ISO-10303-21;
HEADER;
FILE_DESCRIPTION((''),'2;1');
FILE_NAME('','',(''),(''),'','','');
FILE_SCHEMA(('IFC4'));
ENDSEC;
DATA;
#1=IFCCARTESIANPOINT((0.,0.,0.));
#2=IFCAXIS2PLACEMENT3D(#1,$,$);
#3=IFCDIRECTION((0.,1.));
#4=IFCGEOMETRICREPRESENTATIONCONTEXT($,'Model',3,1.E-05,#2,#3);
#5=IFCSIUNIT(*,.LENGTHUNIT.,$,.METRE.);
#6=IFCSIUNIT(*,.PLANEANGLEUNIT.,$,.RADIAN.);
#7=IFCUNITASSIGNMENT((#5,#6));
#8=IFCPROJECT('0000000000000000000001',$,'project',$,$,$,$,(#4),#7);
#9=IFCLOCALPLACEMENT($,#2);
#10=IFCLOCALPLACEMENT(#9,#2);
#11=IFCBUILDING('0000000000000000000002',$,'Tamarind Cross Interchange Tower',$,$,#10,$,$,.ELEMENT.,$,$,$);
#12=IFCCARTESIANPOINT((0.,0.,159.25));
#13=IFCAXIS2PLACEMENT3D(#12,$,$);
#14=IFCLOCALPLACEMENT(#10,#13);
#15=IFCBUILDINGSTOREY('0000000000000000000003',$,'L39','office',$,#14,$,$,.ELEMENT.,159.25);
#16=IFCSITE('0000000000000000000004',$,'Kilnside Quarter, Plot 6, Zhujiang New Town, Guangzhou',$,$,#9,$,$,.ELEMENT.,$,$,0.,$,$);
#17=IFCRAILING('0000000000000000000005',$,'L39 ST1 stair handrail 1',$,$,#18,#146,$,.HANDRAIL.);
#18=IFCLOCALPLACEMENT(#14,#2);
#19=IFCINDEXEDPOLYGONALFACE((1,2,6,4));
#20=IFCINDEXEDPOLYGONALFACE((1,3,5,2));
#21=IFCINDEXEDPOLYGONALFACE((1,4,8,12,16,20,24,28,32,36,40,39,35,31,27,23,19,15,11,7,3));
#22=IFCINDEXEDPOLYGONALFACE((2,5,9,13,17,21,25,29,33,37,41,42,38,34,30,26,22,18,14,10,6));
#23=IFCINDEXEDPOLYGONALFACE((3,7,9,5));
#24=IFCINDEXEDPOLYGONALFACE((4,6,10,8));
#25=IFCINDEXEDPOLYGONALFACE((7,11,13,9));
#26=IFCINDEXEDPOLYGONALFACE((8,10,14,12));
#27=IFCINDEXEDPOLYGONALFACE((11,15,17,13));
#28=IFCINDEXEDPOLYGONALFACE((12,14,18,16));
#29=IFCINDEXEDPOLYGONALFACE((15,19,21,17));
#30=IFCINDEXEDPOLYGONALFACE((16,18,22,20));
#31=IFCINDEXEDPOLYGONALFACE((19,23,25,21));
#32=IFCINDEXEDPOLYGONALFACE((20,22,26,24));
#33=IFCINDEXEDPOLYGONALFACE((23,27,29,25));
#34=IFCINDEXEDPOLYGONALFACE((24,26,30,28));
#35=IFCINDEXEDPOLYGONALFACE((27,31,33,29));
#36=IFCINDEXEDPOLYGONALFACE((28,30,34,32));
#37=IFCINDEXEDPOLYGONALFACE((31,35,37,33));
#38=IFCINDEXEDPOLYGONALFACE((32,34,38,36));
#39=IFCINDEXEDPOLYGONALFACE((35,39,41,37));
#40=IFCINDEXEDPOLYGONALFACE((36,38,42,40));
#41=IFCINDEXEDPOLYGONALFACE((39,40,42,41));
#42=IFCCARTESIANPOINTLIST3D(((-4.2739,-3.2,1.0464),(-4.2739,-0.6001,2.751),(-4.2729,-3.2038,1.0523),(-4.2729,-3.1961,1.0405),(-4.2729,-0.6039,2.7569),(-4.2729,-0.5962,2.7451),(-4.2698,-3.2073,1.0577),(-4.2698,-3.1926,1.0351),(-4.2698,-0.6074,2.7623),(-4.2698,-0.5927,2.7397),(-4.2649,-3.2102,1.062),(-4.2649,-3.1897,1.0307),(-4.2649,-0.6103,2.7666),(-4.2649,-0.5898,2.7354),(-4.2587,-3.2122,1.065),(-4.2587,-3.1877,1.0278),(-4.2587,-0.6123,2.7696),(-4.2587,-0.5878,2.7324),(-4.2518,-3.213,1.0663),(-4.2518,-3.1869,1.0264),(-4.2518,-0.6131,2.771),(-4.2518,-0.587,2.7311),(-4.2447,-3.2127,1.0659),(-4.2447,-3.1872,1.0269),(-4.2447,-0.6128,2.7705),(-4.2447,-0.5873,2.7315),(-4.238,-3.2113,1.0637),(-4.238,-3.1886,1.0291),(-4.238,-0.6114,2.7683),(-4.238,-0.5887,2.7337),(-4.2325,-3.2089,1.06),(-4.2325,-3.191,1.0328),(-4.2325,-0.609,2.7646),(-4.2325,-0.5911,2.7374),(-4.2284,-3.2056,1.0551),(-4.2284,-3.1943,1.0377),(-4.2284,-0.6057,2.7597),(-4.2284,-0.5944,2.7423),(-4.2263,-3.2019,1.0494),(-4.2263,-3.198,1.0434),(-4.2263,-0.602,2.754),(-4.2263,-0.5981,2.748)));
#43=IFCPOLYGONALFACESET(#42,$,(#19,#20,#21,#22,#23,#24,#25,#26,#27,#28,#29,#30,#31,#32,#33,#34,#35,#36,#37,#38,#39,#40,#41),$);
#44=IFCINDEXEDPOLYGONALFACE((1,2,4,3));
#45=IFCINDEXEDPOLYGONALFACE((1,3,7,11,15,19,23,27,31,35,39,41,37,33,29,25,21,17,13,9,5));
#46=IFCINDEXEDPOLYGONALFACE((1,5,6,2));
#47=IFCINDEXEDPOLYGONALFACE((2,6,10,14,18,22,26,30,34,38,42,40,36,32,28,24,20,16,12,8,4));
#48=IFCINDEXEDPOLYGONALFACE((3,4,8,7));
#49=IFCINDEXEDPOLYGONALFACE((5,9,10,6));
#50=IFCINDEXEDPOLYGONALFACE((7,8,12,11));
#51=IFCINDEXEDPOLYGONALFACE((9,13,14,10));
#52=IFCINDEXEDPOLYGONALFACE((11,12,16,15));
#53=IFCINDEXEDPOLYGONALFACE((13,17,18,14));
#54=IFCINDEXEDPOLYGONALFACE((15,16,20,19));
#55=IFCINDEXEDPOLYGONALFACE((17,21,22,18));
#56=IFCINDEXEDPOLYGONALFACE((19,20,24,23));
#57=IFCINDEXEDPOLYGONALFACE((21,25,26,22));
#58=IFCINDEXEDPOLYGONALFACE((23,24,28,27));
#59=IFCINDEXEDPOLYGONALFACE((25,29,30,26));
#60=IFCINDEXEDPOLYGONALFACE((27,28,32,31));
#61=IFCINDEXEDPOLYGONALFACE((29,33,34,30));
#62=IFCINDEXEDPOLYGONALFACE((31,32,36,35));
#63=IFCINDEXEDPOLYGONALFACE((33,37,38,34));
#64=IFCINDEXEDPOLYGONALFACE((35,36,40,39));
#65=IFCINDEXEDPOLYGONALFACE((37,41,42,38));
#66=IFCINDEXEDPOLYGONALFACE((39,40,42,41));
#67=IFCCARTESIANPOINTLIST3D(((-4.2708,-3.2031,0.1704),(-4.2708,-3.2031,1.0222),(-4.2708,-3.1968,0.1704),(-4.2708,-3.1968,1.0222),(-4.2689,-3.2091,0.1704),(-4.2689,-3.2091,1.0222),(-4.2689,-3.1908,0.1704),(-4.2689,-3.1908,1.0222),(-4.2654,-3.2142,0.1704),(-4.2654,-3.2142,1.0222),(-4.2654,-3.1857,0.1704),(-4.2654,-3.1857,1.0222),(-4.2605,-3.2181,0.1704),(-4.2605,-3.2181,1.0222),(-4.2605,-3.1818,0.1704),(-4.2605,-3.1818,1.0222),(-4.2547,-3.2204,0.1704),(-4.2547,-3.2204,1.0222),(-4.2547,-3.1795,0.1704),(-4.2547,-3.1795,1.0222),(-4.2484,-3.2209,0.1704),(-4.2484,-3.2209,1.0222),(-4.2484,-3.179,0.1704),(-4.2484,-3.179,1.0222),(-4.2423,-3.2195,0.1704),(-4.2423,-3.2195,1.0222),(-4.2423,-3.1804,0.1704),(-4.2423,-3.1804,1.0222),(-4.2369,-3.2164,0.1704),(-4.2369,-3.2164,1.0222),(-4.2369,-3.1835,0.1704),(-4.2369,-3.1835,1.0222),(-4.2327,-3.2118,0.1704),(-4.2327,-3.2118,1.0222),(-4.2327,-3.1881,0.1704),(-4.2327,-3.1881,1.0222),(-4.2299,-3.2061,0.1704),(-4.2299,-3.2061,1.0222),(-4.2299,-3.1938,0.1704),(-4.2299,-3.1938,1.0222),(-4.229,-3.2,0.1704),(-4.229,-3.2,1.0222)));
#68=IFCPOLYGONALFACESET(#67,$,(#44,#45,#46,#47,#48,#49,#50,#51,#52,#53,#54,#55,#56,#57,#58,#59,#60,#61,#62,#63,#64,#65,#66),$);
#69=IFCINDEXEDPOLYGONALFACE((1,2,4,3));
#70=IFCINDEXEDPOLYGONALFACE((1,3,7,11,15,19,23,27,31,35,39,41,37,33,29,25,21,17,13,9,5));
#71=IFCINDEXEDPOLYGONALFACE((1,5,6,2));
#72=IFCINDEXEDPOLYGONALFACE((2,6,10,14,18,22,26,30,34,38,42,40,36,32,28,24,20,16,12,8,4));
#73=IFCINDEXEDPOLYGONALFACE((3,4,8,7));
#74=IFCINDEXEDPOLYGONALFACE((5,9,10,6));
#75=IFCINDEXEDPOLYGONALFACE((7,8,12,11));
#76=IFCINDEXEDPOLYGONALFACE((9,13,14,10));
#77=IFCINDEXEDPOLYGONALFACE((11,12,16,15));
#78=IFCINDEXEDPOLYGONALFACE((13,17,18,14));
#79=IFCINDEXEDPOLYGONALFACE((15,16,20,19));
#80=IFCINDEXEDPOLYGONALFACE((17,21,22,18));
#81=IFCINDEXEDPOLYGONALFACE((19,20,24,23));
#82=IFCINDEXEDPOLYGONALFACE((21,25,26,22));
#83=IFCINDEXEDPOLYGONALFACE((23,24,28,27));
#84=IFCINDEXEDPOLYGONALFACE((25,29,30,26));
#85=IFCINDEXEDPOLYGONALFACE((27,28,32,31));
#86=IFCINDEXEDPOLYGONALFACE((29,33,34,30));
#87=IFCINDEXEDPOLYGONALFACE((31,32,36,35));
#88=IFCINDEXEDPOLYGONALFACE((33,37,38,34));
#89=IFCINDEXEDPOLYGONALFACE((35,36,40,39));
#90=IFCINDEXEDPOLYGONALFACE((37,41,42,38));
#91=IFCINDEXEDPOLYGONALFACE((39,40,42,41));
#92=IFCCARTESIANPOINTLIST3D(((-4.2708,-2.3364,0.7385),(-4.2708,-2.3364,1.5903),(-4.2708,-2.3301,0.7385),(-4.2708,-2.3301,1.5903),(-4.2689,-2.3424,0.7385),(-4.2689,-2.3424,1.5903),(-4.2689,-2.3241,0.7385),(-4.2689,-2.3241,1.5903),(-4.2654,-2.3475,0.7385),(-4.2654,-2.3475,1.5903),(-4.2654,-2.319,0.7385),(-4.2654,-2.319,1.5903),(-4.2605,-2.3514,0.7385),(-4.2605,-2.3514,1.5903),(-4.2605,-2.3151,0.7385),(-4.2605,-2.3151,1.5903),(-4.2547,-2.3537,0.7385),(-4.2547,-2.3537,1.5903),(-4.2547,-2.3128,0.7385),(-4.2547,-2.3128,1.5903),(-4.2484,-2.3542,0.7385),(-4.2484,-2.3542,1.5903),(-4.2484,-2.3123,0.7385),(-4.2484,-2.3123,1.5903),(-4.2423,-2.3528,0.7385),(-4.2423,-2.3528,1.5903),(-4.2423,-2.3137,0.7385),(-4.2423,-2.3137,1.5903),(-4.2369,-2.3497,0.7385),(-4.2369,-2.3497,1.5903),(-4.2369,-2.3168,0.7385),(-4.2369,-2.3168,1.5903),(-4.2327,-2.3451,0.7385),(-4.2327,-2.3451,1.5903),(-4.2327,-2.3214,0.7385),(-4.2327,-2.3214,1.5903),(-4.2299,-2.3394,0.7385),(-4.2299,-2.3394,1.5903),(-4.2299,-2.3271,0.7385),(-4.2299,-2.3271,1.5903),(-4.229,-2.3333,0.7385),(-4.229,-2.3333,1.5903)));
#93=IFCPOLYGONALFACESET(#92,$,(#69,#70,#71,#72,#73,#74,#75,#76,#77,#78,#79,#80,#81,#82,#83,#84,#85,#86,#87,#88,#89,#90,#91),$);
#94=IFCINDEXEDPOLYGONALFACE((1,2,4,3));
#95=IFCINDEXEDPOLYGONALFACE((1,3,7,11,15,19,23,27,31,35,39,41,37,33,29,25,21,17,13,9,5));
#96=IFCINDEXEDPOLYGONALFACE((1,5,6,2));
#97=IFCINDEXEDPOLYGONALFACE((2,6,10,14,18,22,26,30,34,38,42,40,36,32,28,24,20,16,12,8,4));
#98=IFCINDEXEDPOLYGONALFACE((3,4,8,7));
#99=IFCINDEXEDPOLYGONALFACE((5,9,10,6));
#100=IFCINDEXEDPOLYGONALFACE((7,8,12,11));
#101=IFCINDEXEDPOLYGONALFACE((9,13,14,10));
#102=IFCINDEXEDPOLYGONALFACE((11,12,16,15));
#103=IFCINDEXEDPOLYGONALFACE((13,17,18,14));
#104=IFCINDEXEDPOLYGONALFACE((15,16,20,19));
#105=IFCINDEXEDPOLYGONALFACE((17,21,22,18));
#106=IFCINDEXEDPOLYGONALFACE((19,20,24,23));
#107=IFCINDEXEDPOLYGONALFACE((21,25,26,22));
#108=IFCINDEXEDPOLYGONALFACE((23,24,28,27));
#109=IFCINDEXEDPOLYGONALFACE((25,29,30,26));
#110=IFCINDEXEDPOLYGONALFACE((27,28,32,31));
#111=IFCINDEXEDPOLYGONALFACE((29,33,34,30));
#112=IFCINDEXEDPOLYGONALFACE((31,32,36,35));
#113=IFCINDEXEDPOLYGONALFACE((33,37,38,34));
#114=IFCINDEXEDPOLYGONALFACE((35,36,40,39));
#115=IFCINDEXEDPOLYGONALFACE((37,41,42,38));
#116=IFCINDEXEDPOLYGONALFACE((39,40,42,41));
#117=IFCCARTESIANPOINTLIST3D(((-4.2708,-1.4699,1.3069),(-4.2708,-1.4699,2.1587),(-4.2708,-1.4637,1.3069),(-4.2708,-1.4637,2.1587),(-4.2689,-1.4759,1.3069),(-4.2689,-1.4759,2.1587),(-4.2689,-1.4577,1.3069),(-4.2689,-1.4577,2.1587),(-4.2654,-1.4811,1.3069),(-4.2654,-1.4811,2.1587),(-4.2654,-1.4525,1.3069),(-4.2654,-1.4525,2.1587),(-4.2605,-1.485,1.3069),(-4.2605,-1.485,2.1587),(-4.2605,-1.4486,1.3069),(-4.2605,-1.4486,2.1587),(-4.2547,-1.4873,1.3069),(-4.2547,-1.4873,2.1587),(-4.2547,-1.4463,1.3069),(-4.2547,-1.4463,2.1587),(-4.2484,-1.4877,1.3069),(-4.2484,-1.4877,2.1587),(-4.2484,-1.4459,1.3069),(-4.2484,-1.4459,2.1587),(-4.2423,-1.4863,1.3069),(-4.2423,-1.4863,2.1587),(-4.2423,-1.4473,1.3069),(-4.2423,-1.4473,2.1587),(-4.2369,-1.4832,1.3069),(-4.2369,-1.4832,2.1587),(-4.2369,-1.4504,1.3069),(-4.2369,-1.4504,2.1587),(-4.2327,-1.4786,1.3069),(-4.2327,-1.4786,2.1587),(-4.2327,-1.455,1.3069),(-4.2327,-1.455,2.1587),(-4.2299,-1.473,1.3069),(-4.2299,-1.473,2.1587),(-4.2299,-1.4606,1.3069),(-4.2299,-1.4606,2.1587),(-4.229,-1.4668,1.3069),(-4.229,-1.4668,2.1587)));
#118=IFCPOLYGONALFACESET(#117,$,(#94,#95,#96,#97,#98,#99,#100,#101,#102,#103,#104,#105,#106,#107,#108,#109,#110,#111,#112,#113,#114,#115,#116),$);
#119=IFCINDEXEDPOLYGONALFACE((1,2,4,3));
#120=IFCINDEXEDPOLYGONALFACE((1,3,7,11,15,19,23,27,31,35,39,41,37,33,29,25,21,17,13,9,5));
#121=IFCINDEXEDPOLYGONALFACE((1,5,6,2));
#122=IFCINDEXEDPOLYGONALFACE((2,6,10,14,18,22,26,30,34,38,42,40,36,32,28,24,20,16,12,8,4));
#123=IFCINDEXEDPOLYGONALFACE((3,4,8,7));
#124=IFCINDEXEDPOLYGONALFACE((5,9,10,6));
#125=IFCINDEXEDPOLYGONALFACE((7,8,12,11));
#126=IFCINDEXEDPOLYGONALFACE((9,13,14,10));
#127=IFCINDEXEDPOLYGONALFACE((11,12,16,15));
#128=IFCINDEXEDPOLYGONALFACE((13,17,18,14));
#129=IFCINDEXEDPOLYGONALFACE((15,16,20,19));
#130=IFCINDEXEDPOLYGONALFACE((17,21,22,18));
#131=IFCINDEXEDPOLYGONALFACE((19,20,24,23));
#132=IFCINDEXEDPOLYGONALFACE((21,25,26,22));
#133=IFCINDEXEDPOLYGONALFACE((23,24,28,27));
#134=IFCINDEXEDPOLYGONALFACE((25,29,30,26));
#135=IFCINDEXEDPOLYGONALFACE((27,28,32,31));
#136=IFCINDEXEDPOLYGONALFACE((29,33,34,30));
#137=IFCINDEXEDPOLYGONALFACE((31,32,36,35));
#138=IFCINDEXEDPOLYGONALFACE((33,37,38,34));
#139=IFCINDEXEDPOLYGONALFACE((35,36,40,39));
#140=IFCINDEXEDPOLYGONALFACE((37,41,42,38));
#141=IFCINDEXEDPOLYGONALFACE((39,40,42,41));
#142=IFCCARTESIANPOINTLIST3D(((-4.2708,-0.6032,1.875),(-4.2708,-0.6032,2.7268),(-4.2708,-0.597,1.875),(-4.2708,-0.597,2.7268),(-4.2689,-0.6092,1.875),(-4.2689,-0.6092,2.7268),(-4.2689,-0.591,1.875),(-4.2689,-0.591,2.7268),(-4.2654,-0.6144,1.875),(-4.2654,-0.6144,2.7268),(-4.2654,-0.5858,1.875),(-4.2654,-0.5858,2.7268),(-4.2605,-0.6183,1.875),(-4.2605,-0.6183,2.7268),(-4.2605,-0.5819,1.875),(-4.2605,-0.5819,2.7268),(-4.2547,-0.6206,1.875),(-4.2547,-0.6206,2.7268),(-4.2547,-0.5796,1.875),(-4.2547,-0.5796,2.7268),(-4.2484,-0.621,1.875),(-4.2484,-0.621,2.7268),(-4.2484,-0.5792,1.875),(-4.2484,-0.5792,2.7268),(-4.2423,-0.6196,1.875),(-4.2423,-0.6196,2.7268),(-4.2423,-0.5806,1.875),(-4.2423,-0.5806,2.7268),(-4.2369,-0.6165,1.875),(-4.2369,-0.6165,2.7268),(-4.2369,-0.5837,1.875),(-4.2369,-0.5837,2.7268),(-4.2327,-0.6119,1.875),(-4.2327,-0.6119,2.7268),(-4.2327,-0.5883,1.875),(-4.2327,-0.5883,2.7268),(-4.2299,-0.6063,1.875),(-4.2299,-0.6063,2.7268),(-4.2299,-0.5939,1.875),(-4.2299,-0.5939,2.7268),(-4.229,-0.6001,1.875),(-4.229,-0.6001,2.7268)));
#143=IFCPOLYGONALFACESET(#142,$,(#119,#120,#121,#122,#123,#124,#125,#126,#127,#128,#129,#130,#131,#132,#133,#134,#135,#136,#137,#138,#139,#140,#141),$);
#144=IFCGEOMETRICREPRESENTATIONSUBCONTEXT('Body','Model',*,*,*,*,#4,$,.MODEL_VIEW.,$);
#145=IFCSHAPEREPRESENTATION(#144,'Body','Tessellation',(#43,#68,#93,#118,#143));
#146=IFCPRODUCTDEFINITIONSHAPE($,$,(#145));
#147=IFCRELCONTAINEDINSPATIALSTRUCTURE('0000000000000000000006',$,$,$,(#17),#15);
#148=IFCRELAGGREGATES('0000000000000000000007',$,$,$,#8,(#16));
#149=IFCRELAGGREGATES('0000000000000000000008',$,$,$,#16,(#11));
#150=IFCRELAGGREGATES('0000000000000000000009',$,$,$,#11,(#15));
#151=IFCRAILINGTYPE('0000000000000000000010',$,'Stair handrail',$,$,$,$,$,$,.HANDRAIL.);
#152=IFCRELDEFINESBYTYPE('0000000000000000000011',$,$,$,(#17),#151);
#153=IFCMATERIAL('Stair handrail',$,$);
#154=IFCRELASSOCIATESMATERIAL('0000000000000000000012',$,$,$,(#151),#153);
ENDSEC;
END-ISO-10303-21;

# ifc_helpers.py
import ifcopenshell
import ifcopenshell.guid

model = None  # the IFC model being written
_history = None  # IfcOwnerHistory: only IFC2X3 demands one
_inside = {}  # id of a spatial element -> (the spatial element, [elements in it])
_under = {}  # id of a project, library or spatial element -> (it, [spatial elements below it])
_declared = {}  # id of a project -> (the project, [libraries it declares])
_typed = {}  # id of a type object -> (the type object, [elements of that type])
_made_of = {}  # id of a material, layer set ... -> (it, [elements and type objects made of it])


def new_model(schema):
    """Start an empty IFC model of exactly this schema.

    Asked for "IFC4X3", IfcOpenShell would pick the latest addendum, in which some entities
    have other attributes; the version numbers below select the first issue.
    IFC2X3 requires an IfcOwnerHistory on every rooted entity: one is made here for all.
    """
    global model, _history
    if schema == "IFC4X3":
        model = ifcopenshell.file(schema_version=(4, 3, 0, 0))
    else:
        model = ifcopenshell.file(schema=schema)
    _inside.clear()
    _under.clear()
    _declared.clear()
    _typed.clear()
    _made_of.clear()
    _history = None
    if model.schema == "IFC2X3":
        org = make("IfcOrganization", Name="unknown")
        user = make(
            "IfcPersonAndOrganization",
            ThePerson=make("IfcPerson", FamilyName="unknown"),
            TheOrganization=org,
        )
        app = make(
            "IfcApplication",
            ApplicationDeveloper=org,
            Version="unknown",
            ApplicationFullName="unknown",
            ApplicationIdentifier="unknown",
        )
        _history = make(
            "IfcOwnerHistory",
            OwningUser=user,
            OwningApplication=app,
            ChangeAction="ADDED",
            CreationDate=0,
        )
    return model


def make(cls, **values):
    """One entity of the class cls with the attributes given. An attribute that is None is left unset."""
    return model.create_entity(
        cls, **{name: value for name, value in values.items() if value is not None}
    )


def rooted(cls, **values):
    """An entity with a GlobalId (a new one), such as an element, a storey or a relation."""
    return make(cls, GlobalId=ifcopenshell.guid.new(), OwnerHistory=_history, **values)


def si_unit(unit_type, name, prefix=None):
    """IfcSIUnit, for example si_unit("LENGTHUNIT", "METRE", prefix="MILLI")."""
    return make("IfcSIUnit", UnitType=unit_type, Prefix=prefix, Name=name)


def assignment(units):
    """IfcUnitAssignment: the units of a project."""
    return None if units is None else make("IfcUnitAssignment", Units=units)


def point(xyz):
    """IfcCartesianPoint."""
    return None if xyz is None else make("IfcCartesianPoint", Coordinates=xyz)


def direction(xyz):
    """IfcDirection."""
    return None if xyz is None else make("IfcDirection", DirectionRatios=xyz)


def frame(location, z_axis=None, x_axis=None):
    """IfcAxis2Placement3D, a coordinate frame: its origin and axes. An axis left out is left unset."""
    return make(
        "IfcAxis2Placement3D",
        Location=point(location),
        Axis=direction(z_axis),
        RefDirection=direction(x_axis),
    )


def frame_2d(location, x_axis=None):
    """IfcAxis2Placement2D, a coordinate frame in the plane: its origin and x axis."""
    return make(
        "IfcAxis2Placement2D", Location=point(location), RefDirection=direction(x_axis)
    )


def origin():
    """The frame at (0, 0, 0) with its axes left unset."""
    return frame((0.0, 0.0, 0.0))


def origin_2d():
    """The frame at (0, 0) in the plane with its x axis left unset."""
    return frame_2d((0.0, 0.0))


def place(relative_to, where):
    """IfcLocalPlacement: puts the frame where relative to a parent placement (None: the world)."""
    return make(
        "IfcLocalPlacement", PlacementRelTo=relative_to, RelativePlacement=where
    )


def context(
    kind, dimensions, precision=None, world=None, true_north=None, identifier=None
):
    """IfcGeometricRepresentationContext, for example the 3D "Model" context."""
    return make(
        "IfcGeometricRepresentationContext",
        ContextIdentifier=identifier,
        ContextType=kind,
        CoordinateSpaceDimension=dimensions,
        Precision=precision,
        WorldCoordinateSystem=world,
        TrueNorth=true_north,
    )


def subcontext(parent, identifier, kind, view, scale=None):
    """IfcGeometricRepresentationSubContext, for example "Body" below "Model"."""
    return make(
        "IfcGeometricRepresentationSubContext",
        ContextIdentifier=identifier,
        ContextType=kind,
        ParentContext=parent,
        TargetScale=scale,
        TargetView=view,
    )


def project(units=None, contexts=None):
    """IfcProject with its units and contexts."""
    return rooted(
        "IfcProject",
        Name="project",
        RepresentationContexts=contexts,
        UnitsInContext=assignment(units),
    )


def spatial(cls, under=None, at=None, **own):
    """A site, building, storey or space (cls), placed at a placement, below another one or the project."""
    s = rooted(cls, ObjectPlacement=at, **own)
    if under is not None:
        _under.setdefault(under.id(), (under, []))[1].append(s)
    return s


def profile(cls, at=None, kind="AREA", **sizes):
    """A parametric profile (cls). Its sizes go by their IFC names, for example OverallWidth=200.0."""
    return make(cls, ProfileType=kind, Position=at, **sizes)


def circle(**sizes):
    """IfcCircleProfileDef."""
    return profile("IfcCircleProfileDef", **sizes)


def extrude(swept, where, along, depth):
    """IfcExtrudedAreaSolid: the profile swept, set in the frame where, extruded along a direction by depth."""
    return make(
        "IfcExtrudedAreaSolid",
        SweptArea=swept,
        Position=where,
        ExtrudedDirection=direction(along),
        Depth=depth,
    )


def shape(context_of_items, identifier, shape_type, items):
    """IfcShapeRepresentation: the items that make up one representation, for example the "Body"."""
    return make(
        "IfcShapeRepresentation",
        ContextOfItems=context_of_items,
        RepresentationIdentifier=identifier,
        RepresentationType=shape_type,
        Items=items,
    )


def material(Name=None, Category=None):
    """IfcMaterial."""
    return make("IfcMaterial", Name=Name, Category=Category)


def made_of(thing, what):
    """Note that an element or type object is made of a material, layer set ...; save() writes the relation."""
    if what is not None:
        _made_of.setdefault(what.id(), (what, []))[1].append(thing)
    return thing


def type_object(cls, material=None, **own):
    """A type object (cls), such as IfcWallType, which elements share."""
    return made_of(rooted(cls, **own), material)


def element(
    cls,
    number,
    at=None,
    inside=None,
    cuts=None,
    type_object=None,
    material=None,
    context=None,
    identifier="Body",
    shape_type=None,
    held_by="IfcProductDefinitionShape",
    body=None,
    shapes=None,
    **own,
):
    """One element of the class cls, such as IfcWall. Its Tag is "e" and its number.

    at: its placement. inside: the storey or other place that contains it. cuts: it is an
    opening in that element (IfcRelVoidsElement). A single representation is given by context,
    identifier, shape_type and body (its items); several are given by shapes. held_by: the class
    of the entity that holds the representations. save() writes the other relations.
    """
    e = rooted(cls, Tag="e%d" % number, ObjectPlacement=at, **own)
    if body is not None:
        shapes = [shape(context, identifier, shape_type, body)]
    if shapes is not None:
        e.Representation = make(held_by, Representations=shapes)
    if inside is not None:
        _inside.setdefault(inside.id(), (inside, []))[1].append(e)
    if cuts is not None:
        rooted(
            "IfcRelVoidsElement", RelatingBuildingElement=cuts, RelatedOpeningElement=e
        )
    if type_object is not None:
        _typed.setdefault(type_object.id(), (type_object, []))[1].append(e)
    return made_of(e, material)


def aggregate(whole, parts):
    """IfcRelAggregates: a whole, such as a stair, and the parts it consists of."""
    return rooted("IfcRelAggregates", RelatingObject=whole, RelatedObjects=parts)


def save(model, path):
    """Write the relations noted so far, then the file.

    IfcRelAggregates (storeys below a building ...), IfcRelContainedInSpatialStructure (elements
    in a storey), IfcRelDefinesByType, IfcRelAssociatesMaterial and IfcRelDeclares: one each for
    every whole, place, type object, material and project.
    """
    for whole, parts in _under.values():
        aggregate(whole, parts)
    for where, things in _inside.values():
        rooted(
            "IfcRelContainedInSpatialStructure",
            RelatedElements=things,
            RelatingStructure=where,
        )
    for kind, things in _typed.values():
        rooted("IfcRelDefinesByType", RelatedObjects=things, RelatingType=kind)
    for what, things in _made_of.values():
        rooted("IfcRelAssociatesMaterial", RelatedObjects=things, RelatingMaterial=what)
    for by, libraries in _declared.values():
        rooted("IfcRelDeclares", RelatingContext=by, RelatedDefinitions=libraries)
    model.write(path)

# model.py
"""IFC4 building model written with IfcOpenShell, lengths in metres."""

from ifc_helpers import new_model, si_unit, direction, frame, origin, origin_2d, place, context, subcontext, project, spatial, circle, extrude, material, type_object, element, save


model = new_model("IFC4")

# Units and contexts
model_context = context("Model", 3, precision=1e-05, world=origin(), true_north=direction((0.0, 1.0)))
body_context = subcontext(model_context, "Body", "Model", "MODEL_VIEW")
ifc_project = project(units=[si_unit("LENGTHUNIT", "METRE"), si_unit("PLANEANGLEUNIT", "RADIAN")], contexts=[model_context])

# Site, building, storey
site_placement = place(None, origin())
site = spatial("IfcSite", under=ifc_project, at=site_placement, Name="Kilnside Quarter, Plot 6, Zhujiang New Town, Guangzhou", CompositionType="ELEMENT", RefElevation=0.0)
building_placement = place(site_placement, origin())
building = spatial("IfcBuilding", under=site, at=building_placement, Name="Tamarind Cross Interchange Tower", CompositionType="ELEMENT")
storey_placement = place(building_placement, frame((0.0, 0.0, 159.25)))
storey = spatial("IfcBuildingStorey", under=building, at=storey_placement, Name="L39", Description="office", CompositionType="ELEMENT", Elevation=159.25)

# Railing
ifc_material_1 = material(Name="Stair handrail")
railing_type_1 = type_object("IfcRailingType", Name="Stair handrail", PredefinedType="HANDRAIL", material=ifc_material_1)
railing_1_placement = place(storey_placement, frame((-4.25, -3.2, 0.1704)))
element("IfcRailing", 1, at=railing_1_placement, inside=storey, type_object=railing_type_1, Name="L39 ST1 stair handrail 1", PredefinedType="HANDRAIL", context=body_context, shape_type="SweptSolid", body=[
    extrude(circle(Radius=0.0239, at=origin_2d()), frame((0.0, 0.0, 0.876), z_axis=(0.0, 0.836279, 0.548305), x_axis=(-1.0, 0.0, 0.0)), (0.0, 0.0, 1.0), 3.1089),
    extrude(circle(Radius=0.021, at=origin_2d()), origin(), (0.0, 0.0, 1.0), 0.8518),
    extrude(circle(Radius=0.021, at=origin_2d()), frame((0.0, 0.8667, 0.5681)), (0.0, 0.0, 1.0), 0.8518),
    extrude(circle(Radius=0.021, at=origin_2d()), frame((0.0, 1.7332, 1.1365)), (0.0, 0.0, 1.0), 0.8518),
    extrude(circle(Radius=0.021, at=origin_2d()), frame((0.0, 2.5999, 1.7046)), (0.0, 0.0, 1.0), 0.8518),
])

save(model, "model.ifc")
